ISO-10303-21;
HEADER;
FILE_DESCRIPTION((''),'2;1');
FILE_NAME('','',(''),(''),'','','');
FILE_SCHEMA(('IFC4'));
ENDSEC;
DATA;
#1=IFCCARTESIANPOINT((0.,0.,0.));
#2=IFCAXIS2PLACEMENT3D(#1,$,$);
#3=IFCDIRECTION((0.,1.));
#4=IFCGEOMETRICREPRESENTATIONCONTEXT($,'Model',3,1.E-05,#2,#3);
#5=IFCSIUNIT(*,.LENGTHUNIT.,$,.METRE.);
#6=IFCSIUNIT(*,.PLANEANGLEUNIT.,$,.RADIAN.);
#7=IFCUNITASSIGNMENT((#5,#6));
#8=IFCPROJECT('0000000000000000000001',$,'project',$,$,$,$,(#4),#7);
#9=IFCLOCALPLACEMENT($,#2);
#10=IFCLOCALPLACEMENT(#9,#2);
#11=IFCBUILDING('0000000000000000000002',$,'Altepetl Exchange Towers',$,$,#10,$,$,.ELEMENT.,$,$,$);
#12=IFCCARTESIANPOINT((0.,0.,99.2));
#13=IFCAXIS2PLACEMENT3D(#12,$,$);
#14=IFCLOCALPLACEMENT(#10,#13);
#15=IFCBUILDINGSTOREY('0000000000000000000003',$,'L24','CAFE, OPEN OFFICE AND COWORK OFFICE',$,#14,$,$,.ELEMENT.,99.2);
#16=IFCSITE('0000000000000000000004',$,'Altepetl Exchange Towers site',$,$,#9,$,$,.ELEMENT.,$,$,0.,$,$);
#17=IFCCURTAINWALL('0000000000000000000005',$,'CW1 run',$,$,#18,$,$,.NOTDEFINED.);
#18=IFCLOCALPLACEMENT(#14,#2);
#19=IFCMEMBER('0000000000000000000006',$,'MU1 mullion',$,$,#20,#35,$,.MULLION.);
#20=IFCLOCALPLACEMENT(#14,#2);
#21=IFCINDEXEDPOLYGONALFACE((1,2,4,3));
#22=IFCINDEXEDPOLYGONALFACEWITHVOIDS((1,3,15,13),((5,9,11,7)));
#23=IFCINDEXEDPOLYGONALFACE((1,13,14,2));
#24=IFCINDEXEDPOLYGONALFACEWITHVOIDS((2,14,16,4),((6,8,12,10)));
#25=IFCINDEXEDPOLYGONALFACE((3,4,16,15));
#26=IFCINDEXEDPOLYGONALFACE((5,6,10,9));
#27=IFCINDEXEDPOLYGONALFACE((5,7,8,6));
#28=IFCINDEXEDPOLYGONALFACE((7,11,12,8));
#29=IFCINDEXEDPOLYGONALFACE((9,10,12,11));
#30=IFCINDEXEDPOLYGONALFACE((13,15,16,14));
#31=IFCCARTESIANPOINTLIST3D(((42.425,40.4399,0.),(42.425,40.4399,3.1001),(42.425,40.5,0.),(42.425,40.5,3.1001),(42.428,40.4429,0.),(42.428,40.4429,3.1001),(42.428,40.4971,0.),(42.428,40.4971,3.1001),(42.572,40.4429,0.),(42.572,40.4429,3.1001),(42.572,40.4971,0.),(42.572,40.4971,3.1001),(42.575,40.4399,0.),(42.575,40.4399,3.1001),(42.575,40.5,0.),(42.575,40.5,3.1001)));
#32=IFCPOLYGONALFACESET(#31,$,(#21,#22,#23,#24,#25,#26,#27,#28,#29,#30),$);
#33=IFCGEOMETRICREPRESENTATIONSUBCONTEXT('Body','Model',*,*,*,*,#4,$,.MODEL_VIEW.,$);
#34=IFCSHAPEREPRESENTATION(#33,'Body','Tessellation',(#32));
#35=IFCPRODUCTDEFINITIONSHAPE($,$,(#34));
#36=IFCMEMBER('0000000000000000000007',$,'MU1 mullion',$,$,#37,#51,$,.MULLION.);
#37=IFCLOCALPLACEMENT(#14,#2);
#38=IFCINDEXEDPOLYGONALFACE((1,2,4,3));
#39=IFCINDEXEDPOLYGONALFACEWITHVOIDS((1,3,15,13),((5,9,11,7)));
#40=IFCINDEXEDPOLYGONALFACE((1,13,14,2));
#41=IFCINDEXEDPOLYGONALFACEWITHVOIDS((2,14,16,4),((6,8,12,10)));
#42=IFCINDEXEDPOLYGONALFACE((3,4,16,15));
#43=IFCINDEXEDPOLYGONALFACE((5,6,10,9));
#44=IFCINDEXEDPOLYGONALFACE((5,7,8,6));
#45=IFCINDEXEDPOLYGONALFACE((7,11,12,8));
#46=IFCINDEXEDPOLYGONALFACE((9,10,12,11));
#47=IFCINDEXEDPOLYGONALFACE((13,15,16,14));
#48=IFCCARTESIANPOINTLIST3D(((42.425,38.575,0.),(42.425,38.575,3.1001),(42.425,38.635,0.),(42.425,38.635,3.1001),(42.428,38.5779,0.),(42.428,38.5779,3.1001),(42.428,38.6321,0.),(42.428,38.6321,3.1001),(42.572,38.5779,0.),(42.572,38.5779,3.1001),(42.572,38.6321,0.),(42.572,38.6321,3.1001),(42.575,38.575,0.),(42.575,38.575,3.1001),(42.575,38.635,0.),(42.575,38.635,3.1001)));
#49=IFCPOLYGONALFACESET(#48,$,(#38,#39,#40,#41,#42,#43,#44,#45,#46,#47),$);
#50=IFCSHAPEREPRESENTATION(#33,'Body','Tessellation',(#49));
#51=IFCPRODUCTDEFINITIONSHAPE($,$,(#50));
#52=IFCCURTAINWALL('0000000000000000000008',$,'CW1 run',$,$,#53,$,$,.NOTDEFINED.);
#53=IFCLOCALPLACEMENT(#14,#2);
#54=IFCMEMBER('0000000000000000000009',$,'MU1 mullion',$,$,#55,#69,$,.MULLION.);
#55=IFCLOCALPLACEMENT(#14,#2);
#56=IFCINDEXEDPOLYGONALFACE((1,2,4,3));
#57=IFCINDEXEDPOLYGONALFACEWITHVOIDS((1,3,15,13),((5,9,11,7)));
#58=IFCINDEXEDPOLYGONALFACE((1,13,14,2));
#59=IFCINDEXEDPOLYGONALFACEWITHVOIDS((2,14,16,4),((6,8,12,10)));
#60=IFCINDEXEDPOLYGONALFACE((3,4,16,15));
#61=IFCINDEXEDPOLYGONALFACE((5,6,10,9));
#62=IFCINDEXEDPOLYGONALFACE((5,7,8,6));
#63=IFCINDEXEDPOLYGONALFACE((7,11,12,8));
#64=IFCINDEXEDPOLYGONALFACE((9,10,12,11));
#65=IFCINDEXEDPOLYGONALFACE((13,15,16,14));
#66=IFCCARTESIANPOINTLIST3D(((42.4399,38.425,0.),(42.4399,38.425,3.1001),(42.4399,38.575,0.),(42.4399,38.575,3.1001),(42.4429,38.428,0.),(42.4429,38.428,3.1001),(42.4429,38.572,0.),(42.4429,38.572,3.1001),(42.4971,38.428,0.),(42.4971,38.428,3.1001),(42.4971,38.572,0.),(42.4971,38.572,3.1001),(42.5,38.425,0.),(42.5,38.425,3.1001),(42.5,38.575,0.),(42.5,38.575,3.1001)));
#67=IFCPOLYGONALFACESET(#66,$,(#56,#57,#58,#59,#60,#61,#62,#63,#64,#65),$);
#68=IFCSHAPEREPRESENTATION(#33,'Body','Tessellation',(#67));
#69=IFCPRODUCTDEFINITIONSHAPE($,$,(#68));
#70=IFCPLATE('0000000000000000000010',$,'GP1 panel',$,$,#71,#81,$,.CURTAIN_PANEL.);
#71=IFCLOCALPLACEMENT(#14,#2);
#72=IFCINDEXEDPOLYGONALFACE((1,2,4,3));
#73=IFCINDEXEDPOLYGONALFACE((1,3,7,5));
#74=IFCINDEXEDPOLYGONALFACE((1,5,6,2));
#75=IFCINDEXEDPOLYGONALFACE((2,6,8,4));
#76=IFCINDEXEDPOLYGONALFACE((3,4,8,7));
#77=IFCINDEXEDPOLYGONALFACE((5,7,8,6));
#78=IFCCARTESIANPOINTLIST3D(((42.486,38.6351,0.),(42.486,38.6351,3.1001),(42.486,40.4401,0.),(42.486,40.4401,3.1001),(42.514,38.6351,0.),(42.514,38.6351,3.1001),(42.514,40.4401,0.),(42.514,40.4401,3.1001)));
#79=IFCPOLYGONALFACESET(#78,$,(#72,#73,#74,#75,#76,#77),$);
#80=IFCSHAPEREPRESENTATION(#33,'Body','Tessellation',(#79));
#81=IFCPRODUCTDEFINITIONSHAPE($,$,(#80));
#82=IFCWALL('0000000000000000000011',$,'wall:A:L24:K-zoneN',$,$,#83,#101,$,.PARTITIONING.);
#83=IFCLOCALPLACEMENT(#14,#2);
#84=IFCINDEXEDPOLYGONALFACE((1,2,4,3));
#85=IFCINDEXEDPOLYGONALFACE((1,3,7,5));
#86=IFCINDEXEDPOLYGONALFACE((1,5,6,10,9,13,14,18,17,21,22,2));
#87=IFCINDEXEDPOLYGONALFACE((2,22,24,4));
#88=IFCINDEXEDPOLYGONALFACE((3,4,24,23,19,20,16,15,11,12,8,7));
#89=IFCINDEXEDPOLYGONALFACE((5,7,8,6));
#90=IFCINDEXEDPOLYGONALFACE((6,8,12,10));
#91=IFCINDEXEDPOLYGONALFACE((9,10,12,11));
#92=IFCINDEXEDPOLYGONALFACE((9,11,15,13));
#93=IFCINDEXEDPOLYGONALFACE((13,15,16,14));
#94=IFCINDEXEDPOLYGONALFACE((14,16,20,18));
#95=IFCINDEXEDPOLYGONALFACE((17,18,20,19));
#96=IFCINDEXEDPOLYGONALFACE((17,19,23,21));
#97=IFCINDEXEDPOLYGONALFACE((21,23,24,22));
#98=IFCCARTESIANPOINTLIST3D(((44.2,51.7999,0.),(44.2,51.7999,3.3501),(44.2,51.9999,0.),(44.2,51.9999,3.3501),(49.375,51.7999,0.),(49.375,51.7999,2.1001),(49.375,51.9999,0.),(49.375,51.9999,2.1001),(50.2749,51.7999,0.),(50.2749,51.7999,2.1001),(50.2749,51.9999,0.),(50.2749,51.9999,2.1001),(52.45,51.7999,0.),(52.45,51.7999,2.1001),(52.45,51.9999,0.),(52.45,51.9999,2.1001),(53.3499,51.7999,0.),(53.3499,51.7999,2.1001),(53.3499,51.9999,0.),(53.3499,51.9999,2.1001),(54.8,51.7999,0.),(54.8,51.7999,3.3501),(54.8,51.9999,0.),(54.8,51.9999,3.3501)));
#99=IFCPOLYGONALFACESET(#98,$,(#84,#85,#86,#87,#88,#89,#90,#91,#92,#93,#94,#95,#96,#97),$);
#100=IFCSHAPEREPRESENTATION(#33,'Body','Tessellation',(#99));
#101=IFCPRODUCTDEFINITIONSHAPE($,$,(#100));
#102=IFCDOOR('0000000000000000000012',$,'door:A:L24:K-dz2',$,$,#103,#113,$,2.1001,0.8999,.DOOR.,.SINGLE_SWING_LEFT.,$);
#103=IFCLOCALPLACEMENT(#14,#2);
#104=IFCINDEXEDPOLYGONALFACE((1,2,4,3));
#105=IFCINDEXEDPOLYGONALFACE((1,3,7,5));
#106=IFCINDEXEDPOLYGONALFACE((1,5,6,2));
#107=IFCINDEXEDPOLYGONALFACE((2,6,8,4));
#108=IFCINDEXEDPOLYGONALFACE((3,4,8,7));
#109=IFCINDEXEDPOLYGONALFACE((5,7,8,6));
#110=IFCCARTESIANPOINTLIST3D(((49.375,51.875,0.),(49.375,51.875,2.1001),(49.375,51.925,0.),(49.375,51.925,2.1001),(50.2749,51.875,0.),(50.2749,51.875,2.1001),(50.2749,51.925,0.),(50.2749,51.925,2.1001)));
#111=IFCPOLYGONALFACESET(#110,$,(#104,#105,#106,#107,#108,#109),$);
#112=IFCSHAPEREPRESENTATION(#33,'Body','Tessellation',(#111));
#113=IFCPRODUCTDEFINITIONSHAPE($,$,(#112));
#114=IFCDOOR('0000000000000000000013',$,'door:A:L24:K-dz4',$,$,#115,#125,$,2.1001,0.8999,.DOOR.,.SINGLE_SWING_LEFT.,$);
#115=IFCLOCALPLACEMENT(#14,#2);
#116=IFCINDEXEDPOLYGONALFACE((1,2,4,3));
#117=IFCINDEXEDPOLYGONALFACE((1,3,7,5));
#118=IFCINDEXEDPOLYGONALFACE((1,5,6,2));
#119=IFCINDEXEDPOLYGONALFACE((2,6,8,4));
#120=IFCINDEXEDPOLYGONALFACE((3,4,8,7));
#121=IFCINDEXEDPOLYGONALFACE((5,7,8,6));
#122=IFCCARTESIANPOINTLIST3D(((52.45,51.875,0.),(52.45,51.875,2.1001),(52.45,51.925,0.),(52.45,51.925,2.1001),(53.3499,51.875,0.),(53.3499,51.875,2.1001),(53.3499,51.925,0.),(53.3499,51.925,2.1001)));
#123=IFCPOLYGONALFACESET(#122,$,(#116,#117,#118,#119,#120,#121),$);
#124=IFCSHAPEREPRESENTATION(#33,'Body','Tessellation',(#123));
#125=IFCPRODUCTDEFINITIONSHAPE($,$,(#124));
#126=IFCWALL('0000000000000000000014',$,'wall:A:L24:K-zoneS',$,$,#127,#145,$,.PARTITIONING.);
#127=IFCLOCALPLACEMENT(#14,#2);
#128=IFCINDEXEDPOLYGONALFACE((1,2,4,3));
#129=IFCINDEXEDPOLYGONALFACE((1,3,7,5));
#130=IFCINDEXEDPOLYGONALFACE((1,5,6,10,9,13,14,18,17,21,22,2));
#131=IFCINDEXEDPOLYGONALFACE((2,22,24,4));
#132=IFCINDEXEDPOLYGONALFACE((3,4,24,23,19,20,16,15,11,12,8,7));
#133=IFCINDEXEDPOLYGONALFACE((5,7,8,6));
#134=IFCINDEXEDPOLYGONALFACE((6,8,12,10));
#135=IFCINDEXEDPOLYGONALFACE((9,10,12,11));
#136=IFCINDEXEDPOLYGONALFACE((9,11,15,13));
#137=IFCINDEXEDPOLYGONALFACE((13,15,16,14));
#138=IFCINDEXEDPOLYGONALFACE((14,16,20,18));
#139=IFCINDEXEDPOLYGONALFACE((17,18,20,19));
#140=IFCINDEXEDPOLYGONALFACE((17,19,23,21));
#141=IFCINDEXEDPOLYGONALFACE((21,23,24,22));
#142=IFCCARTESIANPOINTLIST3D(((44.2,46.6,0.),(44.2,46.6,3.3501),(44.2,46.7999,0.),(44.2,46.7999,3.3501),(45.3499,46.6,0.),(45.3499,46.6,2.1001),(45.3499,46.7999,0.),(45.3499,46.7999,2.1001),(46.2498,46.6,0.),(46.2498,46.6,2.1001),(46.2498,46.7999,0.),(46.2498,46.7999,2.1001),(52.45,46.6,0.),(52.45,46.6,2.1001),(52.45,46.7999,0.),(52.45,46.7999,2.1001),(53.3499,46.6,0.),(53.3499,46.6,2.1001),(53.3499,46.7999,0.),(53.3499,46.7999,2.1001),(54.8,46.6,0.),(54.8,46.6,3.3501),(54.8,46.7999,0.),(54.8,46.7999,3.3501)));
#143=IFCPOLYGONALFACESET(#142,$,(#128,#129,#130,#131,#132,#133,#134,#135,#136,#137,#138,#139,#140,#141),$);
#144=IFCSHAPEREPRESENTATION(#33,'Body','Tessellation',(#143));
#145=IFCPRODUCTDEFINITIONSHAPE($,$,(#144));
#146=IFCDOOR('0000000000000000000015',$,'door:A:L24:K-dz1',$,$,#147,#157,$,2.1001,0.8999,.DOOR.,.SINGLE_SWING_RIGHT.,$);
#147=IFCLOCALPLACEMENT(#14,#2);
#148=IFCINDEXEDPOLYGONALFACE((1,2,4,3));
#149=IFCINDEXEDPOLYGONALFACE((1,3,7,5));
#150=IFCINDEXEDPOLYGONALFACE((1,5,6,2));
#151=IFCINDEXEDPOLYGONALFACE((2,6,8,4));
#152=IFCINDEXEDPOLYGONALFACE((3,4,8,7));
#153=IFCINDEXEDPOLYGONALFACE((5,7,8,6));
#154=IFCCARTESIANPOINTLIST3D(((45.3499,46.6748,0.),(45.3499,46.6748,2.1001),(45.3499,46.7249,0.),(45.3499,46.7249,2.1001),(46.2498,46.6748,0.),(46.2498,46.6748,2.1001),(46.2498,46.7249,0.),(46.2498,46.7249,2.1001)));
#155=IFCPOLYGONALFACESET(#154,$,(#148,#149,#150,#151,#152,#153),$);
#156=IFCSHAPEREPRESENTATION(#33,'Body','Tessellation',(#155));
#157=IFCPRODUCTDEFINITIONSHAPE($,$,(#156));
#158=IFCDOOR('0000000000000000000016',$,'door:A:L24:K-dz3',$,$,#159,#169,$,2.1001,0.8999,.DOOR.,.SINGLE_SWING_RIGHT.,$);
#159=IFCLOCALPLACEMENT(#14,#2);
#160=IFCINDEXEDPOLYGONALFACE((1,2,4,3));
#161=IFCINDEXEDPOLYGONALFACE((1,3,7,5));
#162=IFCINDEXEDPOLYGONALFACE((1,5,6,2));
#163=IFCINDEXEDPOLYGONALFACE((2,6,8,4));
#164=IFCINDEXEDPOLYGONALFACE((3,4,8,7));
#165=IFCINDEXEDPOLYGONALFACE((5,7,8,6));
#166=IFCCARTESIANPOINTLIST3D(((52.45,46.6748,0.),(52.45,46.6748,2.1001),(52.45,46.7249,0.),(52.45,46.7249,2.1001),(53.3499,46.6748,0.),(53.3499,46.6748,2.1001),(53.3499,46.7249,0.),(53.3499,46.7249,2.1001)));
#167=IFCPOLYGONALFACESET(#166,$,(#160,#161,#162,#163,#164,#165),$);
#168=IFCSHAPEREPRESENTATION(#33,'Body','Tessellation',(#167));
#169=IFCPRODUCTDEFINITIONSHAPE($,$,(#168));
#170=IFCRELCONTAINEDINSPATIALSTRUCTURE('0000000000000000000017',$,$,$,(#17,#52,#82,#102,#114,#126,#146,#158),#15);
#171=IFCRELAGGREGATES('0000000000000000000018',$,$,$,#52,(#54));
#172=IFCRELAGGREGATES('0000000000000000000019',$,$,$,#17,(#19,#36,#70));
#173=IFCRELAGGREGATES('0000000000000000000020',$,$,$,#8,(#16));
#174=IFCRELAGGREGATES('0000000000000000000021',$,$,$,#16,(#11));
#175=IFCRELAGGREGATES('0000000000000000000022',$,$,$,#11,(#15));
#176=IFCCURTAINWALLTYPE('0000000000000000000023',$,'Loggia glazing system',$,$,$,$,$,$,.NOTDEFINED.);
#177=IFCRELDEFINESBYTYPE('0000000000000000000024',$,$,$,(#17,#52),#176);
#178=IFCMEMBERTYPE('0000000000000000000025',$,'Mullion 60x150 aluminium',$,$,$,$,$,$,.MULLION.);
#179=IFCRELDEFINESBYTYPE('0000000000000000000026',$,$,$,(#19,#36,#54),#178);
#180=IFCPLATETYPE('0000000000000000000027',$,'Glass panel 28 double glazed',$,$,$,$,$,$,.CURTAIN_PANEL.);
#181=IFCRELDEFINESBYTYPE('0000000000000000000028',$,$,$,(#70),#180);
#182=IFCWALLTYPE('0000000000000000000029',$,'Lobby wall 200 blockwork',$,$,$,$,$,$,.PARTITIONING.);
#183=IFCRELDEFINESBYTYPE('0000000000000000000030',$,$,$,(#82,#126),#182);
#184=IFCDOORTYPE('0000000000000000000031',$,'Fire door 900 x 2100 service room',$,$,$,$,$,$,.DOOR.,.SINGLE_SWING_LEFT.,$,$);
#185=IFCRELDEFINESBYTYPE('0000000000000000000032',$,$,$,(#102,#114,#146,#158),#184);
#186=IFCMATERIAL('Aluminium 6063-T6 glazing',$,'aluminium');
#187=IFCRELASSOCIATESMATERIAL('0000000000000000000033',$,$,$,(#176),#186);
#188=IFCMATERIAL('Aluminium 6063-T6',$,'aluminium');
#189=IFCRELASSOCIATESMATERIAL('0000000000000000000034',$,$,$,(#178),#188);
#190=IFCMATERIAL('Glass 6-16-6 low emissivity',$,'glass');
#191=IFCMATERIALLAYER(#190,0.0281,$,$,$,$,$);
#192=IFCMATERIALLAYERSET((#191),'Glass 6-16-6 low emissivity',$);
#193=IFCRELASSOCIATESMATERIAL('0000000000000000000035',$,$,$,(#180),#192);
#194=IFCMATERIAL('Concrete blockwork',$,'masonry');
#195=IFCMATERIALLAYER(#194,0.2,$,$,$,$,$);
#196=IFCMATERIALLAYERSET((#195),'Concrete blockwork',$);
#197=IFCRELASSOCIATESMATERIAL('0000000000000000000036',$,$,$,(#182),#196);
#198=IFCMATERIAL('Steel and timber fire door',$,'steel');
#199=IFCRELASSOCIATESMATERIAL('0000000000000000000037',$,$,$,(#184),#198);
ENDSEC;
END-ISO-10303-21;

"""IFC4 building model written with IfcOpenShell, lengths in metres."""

from ifc_helpers import new_model, si_unit, direction, frame, frame_2d, origin, origin_2d, place, context, subcontext, project, spatial, rectangle, hollow_rectangle, extrude, material, layer, layer_set, material_profile, profile_set, type_object, element, fill, aggregate, save


model = new_model("IFC4")

# Units and contexts
model_context = context("Model", 3, precision=1e-05, world=origin(), true_north=direction((0.0, 1.0)))
body_context = subcontext(model_context, "Body", "Model", "MODEL_VIEW")
ifc_project = project(units=[si_unit("LENGTHUNIT", "METRE"), si_unit("PLANEANGLEUNIT", "RADIAN")], contexts=[model_context])

# Site, building, storey
site_placement = place(None, origin())
site = spatial("IfcSite", under=ifc_project, at=site_placement, Name="Altepetl Exchange Towers site", CompositionType="ELEMENT", RefElevation=0.0)
building_placement = place(site_placement, origin())
building = spatial("IfcBuilding", under=site, at=building_placement, Name="Altepetl Exchange Towers", CompositionType="ELEMENT")
storey_placement = place(building_placement, frame((0.0, 0.0, 99.2)))
storey = spatial("IfcBuildingStorey", under=building, at=storey_placement, Name="L24", Description="CAFE, OPEN OFFICE AND COWORK OFFICE", CompositionType="ELEMENT", Elevation=99.2)

# Curtain wall, members
ifc_material_1 = material(Name="Aluminium 6063-T6 glazing", Category="aluminium")
curtain_wall_type = type_object("IfcCurtainWallType", Name="Loggia glazing system", PredefinedType="NOTDEFINED", material=ifc_material_1)
curtain_wall_1_placement = place(storey_placement, origin())
curtain_wall_1 = element("IfcCurtainWall", 1, at=curtain_wall_1_placement, inside=storey, type_object=curtain_wall_type, Name="CW1 run", PredefinedType="NOTDEFINED")
ifc_material_2 = material(Name="Aluminium 6063-T6", Category="aluminium")
ifc_material_profile = material_profile(ifc_material_2, hollow_rectangle(XDim=0.0601, YDim=0.1499, WallThickness=0.0029, at=origin_2d()), Name="Mullion 60x150 aluminium")
ifc_profile_set = profile_set([ifc_material_profile], Name="Aluminium 6063-T6")
member_type = type_object("IfcMemberType", Name="Mullion 60x150 aluminium", PredefinedType="MULLION", material=ifc_profile_set)
member_1_placement = place(storey_placement, frame((42.5, 40.47, 0.0), z_axis=(0.0, 0.0, 1.0), x_axis=(0.0, -1.0, 0.0)))
member_1 = element("IfcMember", 2, at=member_1_placement, type_object=member_type, Name="MU1 mullion", PredefinedType="MULLION", context=body_context, shape_type="SweptSolid", body=[
    extrude(hollow_rectangle(XDim=0.0601, YDim=0.1499, WallThickness=0.0029, at=origin_2d()), origin(), (0.0, 0.0, 1.0), 3.1001),
])
member_2_placement = place(storey_placement, frame((42.5, 38.605, 0.0), z_axis=(0.0, 0.0, 1.0), x_axis=(0.0, -1.0, 0.0)))
member_2 = element("IfcMember", 3, at=member_2_placement, type_object=member_type, Name="MU1 mullion", PredefinedType="MULLION", context=body_context, shape_type="SweptSolid", body=[
    extrude(hollow_rectangle(XDim=0.0601, YDim=0.1499, WallThickness=0.0029, at=origin_2d()), origin(), (0.0, 0.0, 1.0), 3.1001),
])

# Curtain wall, member
curtain_wall_2_placement = place(storey_placement, origin())
curtain_wall_2 = element("IfcCurtainWall", 4, at=curtain_wall_2_placement, inside=storey, type_object=curtain_wall_type, Name="CW1 run", PredefinedType="NOTDEFINED")
member_3_placement = place(storey_placement, frame((42.47, 38.5, 0.0), z_axis=(0.0, 0.0, 1.0), x_axis=(-1.0, 0.0, 0.0)))
member_3 = element("IfcMember", 5, at=member_3_placement, type_object=member_type, Name="MU1 mullion", PredefinedType="MULLION", context=body_context, shape_type="SweptSolid", body=[
    extrude(hollow_rectangle(XDim=0.0601, YDim=0.1499, WallThickness=0.0029, at=origin_2d()), origin(), (0.0, 0.0, 1.0), 3.1001),
])
aggregate(curtain_wall_2, [member_3])

# Plate
ifc_material_3 = material(Name="Glass 6-16-6 low emissivity", Category="glass")
ifc_layer_1 = layer(ifc_material_3, 0.0281)
ifc_layer_set_1 = layer_set([ifc_layer_1], Name="Glass 6-16-6 low emissivity")
plate_type = type_object("IfcPlateType", Name="Glass panel 28 double glazed", PredefinedType="CURTAIN_PANEL", material=ifc_layer_set_1)
plate_placement = place(storey_placement, frame((42.5, 39.5376, 0.0), z_axis=(0.0, 0.0, 1.0), x_axis=(0.0, -1.0, 0.0)))
plate = element("IfcPlate", 6, at=plate_placement, type_object=plate_type, Name="GP1 panel", PredefinedType="CURTAIN_PANEL", context=body_context, shape_type="SweptSolid", body=[
    extrude(rectangle(XDim=1.8049, YDim=0.0281, at=origin_2d()), origin(), (0.0, 0.0, 1.0), 3.1001),
])
aggregate(curtain_wall_1, [member_1, member_2, plate])

# Walls, openings, doors
ifc_material_4 = material(Name="Concrete blockwork", Category="masonry")
ifc_layer_2 = layer(ifc_material_4, 0.2)
ifc_layer_set_2 = layer_set([ifc_layer_2], Name="Concrete blockwork")
wall_type_1 = type_object("IfcWallType", Name="Lobby wall 200 blockwork", PredefinedType="PARTITIONING", material=ifc_layer_set_2)
wall_1_placement = place(storey_placement, frame((44.2, 51.8999, 0.0)))
wall_1 = element("IfcWall", 7, at=wall_1_placement, inside=storey, type_object=wall_type_1, Name="wall:A:L24:K-zoneN", PredefinedType="PARTITIONING", context=body_context, shape_type="SweptSolid", body=[
    extrude(rectangle(XDim=10.6001, YDim=0.2, at=frame_2d((5.3, 0.0))), origin(), (0.0, 0.0, 1.0), 3.3501),
])
opening_1_placement = place(wall_1_placement, frame((5.175, 0.0, 0.0)))
opening_1 = element("IfcOpeningElement", 8, at=opening_1_placement, cuts=wall_1, PredefinedType="OPENING", context=body_context, shape_type="SweptSolid", body=[
    extrude(rectangle(XDim=0.8999, YDim=2.1001, at=frame_2d((0.45, 1.05))), frame((0.0, 0.1099, 0.0), z_axis=(0.0, -1.0, 0.0), x_axis=(1.0, 0.0, 0.0)), (0.0, 0.0, 1.0), 0.22),
])
opening_2_placement = place(wall_1_placement, frame((8.25, 0.0, 0.0)))
opening_2 = element("IfcOpeningElement", 9, at=opening_2_placement, cuts=wall_1, PredefinedType="OPENING", context=body_context, shape_type="SweptSolid", body=[
    extrude(rectangle(XDim=0.8999, YDim=2.1001, at=frame_2d((0.45, 1.05))), frame((0.0, 0.1099, 0.0), z_axis=(0.0, -1.0, 0.0), x_axis=(1.0, 0.0, 0.0)), (0.0, 0.0, 1.0), 0.22),
])
ifc_material_5 = material(Name="Steel and timber fire door", Category="steel")
door_type = type_object("IfcDoorType", Name="Fire door 900 x 2100 service room", OperationType="SINGLE_SWING_LEFT", PredefinedType="DOOR", material=ifc_material_5)
door_1_placement = place(opening_1_placement, frame((0.8999, 0.0, 0.0), x_axis=(-1.0, 0.0, 0.0)))
door_1 = element("IfcDoor", 10, at=door_1_placement, inside=storey, type_object=door_type, Name="door:A:L24:K-dz2", OperationType="SINGLE_SWING_LEFT", OverallHeight=2.1001, OverallWidth=0.8999, PredefinedType="DOOR", context=body_context, shape_type="SweptSolid", body=[
    extrude(rectangle(XDim=0.8999, YDim=2.1001, at=frame_2d((0.45, 1.05))), frame((0.0, 0.0249, 0.0), z_axis=(0.0, -1.0, 0.0), x_axis=(1.0, 0.0, 0.0)), (0.0, 0.0, 1.0), 0.05),
])
fill(opening_1, door_1)
door_2_placement = place(opening_2_placement, frame((0.8999, 0.0, 0.0), x_axis=(-1.0, 0.0, 0.0)))
door_2 = element("IfcDoor", 11, at=door_2_placement, inside=storey, type_object=door_type, Name="door:A:L24:K-dz4", OperationType="SINGLE_SWING_LEFT", OverallHeight=2.1001, OverallWidth=0.8999, PredefinedType="DOOR", context=body_context, shape_type="SweptSolid", body=[
    extrude(rectangle(XDim=0.8999, YDim=2.1001, at=frame_2d((0.45, 1.05))), frame((0.0, 0.0249, 0.0), z_axis=(0.0, -1.0, 0.0), x_axis=(1.0, 0.0, 0.0)), (0.0, 0.0, 1.0), 0.05),
])
fill(opening_2, door_2)
wall_2_placement = place(storey_placement, frame((44.2, 46.7, 0.0)))
wall_2 = element("IfcWall", 12, at=wall_2_placement, inside=storey, type_object=wall_type_1, Name="wall:A:L24:K-zoneS", PredefinedType="PARTITIONING", context=body_context, shape_type="SweptSolid", body=[
    extrude(rectangle(XDim=10.6001, YDim=0.2, at=frame_2d((5.3, 0.0))), origin(), (0.0, 0.0, 1.0), 3.3501),
])
opening_3_placement = place(wall_2_placement, frame((1.1499, 0.0, 0.0)))
opening_3 = element("IfcOpeningElement", 13, at=opening_3_placement, cuts=wall_2, PredefinedType="OPENING", context=body_context, shape_type="SweptSolid", body=[
    extrude(rectangle(XDim=0.8999, YDim=2.1001, at=frame_2d((0.45, 1.05))), frame((0.0, 0.1099, 0.0), z_axis=(0.0, -1.0, 0.0), x_axis=(1.0, 0.0, 0.0)), (0.0, 0.0, 1.0), 0.22),
])
opening_4_placement = place(wall_2_placement, frame((8.25, 0.0, 0.0)))
opening_4 = element("IfcOpeningElement", 14, at=opening_4_placement, cuts=wall_2, PredefinedType="OPENING", context=body_context, shape_type="SweptSolid", body=[
    extrude(rectangle(XDim=0.8999, YDim=2.1001, at=frame_2d((0.45, 1.05))), frame((0.0, 0.1099, 0.0), z_axis=(0.0, -1.0, 0.0), x_axis=(1.0, 0.0, 0.0)), (0.0, 0.0, 1.0), 0.22),
])
door_3_placement = place(opening_3_placement, origin())
door_3 = element("IfcDoor", 15, at=door_3_placement, inside=storey, type_object=door_type, Name="door:A:L24:K-dz1", OperationType="SINGLE_SWING_RIGHT", OverallHeight=2.1001, OverallWidth=0.8999, PredefinedType="DOOR", context=body_context, shape_type="SweptSolid", body=[
    extrude(rectangle(XDim=0.8999, YDim=2.1001, at=frame_2d((0.45, 1.05))), frame((0.0, 0.0249, 0.0), z_axis=(0.0, -1.0, 0.0), x_axis=(1.0, 0.0, 0.0)), (0.0, 0.0, 1.0), 0.05),
])
fill(opening_3, door_3)
door_4_placement = place(opening_4_placement, origin())
door_4 = element("IfcDoor", 16, at=door_4_placement, inside=storey, type_object=door_type, Name="door:A:L24:K-dz3", OperationType="SINGLE_SWING_RIGHT", OverallHeight=2.1001, OverallWidth=0.8999, PredefinedType="DOOR", context=body_context, shape_type="SweptSolid", body=[
    extrude(rectangle(XDim=0.8999, YDim=2.1001, at=frame_2d((0.45, 1.05))), frame((0.0, 0.0249, 0.0), z_axis=(0.0, -1.0, 0.0), x_axis=(1.0, 0.0, 0.0)), (0.0, 0.0, 1.0), 0.05),
])
fill(opening_4, door_4)

save(model, "model.ifc")
